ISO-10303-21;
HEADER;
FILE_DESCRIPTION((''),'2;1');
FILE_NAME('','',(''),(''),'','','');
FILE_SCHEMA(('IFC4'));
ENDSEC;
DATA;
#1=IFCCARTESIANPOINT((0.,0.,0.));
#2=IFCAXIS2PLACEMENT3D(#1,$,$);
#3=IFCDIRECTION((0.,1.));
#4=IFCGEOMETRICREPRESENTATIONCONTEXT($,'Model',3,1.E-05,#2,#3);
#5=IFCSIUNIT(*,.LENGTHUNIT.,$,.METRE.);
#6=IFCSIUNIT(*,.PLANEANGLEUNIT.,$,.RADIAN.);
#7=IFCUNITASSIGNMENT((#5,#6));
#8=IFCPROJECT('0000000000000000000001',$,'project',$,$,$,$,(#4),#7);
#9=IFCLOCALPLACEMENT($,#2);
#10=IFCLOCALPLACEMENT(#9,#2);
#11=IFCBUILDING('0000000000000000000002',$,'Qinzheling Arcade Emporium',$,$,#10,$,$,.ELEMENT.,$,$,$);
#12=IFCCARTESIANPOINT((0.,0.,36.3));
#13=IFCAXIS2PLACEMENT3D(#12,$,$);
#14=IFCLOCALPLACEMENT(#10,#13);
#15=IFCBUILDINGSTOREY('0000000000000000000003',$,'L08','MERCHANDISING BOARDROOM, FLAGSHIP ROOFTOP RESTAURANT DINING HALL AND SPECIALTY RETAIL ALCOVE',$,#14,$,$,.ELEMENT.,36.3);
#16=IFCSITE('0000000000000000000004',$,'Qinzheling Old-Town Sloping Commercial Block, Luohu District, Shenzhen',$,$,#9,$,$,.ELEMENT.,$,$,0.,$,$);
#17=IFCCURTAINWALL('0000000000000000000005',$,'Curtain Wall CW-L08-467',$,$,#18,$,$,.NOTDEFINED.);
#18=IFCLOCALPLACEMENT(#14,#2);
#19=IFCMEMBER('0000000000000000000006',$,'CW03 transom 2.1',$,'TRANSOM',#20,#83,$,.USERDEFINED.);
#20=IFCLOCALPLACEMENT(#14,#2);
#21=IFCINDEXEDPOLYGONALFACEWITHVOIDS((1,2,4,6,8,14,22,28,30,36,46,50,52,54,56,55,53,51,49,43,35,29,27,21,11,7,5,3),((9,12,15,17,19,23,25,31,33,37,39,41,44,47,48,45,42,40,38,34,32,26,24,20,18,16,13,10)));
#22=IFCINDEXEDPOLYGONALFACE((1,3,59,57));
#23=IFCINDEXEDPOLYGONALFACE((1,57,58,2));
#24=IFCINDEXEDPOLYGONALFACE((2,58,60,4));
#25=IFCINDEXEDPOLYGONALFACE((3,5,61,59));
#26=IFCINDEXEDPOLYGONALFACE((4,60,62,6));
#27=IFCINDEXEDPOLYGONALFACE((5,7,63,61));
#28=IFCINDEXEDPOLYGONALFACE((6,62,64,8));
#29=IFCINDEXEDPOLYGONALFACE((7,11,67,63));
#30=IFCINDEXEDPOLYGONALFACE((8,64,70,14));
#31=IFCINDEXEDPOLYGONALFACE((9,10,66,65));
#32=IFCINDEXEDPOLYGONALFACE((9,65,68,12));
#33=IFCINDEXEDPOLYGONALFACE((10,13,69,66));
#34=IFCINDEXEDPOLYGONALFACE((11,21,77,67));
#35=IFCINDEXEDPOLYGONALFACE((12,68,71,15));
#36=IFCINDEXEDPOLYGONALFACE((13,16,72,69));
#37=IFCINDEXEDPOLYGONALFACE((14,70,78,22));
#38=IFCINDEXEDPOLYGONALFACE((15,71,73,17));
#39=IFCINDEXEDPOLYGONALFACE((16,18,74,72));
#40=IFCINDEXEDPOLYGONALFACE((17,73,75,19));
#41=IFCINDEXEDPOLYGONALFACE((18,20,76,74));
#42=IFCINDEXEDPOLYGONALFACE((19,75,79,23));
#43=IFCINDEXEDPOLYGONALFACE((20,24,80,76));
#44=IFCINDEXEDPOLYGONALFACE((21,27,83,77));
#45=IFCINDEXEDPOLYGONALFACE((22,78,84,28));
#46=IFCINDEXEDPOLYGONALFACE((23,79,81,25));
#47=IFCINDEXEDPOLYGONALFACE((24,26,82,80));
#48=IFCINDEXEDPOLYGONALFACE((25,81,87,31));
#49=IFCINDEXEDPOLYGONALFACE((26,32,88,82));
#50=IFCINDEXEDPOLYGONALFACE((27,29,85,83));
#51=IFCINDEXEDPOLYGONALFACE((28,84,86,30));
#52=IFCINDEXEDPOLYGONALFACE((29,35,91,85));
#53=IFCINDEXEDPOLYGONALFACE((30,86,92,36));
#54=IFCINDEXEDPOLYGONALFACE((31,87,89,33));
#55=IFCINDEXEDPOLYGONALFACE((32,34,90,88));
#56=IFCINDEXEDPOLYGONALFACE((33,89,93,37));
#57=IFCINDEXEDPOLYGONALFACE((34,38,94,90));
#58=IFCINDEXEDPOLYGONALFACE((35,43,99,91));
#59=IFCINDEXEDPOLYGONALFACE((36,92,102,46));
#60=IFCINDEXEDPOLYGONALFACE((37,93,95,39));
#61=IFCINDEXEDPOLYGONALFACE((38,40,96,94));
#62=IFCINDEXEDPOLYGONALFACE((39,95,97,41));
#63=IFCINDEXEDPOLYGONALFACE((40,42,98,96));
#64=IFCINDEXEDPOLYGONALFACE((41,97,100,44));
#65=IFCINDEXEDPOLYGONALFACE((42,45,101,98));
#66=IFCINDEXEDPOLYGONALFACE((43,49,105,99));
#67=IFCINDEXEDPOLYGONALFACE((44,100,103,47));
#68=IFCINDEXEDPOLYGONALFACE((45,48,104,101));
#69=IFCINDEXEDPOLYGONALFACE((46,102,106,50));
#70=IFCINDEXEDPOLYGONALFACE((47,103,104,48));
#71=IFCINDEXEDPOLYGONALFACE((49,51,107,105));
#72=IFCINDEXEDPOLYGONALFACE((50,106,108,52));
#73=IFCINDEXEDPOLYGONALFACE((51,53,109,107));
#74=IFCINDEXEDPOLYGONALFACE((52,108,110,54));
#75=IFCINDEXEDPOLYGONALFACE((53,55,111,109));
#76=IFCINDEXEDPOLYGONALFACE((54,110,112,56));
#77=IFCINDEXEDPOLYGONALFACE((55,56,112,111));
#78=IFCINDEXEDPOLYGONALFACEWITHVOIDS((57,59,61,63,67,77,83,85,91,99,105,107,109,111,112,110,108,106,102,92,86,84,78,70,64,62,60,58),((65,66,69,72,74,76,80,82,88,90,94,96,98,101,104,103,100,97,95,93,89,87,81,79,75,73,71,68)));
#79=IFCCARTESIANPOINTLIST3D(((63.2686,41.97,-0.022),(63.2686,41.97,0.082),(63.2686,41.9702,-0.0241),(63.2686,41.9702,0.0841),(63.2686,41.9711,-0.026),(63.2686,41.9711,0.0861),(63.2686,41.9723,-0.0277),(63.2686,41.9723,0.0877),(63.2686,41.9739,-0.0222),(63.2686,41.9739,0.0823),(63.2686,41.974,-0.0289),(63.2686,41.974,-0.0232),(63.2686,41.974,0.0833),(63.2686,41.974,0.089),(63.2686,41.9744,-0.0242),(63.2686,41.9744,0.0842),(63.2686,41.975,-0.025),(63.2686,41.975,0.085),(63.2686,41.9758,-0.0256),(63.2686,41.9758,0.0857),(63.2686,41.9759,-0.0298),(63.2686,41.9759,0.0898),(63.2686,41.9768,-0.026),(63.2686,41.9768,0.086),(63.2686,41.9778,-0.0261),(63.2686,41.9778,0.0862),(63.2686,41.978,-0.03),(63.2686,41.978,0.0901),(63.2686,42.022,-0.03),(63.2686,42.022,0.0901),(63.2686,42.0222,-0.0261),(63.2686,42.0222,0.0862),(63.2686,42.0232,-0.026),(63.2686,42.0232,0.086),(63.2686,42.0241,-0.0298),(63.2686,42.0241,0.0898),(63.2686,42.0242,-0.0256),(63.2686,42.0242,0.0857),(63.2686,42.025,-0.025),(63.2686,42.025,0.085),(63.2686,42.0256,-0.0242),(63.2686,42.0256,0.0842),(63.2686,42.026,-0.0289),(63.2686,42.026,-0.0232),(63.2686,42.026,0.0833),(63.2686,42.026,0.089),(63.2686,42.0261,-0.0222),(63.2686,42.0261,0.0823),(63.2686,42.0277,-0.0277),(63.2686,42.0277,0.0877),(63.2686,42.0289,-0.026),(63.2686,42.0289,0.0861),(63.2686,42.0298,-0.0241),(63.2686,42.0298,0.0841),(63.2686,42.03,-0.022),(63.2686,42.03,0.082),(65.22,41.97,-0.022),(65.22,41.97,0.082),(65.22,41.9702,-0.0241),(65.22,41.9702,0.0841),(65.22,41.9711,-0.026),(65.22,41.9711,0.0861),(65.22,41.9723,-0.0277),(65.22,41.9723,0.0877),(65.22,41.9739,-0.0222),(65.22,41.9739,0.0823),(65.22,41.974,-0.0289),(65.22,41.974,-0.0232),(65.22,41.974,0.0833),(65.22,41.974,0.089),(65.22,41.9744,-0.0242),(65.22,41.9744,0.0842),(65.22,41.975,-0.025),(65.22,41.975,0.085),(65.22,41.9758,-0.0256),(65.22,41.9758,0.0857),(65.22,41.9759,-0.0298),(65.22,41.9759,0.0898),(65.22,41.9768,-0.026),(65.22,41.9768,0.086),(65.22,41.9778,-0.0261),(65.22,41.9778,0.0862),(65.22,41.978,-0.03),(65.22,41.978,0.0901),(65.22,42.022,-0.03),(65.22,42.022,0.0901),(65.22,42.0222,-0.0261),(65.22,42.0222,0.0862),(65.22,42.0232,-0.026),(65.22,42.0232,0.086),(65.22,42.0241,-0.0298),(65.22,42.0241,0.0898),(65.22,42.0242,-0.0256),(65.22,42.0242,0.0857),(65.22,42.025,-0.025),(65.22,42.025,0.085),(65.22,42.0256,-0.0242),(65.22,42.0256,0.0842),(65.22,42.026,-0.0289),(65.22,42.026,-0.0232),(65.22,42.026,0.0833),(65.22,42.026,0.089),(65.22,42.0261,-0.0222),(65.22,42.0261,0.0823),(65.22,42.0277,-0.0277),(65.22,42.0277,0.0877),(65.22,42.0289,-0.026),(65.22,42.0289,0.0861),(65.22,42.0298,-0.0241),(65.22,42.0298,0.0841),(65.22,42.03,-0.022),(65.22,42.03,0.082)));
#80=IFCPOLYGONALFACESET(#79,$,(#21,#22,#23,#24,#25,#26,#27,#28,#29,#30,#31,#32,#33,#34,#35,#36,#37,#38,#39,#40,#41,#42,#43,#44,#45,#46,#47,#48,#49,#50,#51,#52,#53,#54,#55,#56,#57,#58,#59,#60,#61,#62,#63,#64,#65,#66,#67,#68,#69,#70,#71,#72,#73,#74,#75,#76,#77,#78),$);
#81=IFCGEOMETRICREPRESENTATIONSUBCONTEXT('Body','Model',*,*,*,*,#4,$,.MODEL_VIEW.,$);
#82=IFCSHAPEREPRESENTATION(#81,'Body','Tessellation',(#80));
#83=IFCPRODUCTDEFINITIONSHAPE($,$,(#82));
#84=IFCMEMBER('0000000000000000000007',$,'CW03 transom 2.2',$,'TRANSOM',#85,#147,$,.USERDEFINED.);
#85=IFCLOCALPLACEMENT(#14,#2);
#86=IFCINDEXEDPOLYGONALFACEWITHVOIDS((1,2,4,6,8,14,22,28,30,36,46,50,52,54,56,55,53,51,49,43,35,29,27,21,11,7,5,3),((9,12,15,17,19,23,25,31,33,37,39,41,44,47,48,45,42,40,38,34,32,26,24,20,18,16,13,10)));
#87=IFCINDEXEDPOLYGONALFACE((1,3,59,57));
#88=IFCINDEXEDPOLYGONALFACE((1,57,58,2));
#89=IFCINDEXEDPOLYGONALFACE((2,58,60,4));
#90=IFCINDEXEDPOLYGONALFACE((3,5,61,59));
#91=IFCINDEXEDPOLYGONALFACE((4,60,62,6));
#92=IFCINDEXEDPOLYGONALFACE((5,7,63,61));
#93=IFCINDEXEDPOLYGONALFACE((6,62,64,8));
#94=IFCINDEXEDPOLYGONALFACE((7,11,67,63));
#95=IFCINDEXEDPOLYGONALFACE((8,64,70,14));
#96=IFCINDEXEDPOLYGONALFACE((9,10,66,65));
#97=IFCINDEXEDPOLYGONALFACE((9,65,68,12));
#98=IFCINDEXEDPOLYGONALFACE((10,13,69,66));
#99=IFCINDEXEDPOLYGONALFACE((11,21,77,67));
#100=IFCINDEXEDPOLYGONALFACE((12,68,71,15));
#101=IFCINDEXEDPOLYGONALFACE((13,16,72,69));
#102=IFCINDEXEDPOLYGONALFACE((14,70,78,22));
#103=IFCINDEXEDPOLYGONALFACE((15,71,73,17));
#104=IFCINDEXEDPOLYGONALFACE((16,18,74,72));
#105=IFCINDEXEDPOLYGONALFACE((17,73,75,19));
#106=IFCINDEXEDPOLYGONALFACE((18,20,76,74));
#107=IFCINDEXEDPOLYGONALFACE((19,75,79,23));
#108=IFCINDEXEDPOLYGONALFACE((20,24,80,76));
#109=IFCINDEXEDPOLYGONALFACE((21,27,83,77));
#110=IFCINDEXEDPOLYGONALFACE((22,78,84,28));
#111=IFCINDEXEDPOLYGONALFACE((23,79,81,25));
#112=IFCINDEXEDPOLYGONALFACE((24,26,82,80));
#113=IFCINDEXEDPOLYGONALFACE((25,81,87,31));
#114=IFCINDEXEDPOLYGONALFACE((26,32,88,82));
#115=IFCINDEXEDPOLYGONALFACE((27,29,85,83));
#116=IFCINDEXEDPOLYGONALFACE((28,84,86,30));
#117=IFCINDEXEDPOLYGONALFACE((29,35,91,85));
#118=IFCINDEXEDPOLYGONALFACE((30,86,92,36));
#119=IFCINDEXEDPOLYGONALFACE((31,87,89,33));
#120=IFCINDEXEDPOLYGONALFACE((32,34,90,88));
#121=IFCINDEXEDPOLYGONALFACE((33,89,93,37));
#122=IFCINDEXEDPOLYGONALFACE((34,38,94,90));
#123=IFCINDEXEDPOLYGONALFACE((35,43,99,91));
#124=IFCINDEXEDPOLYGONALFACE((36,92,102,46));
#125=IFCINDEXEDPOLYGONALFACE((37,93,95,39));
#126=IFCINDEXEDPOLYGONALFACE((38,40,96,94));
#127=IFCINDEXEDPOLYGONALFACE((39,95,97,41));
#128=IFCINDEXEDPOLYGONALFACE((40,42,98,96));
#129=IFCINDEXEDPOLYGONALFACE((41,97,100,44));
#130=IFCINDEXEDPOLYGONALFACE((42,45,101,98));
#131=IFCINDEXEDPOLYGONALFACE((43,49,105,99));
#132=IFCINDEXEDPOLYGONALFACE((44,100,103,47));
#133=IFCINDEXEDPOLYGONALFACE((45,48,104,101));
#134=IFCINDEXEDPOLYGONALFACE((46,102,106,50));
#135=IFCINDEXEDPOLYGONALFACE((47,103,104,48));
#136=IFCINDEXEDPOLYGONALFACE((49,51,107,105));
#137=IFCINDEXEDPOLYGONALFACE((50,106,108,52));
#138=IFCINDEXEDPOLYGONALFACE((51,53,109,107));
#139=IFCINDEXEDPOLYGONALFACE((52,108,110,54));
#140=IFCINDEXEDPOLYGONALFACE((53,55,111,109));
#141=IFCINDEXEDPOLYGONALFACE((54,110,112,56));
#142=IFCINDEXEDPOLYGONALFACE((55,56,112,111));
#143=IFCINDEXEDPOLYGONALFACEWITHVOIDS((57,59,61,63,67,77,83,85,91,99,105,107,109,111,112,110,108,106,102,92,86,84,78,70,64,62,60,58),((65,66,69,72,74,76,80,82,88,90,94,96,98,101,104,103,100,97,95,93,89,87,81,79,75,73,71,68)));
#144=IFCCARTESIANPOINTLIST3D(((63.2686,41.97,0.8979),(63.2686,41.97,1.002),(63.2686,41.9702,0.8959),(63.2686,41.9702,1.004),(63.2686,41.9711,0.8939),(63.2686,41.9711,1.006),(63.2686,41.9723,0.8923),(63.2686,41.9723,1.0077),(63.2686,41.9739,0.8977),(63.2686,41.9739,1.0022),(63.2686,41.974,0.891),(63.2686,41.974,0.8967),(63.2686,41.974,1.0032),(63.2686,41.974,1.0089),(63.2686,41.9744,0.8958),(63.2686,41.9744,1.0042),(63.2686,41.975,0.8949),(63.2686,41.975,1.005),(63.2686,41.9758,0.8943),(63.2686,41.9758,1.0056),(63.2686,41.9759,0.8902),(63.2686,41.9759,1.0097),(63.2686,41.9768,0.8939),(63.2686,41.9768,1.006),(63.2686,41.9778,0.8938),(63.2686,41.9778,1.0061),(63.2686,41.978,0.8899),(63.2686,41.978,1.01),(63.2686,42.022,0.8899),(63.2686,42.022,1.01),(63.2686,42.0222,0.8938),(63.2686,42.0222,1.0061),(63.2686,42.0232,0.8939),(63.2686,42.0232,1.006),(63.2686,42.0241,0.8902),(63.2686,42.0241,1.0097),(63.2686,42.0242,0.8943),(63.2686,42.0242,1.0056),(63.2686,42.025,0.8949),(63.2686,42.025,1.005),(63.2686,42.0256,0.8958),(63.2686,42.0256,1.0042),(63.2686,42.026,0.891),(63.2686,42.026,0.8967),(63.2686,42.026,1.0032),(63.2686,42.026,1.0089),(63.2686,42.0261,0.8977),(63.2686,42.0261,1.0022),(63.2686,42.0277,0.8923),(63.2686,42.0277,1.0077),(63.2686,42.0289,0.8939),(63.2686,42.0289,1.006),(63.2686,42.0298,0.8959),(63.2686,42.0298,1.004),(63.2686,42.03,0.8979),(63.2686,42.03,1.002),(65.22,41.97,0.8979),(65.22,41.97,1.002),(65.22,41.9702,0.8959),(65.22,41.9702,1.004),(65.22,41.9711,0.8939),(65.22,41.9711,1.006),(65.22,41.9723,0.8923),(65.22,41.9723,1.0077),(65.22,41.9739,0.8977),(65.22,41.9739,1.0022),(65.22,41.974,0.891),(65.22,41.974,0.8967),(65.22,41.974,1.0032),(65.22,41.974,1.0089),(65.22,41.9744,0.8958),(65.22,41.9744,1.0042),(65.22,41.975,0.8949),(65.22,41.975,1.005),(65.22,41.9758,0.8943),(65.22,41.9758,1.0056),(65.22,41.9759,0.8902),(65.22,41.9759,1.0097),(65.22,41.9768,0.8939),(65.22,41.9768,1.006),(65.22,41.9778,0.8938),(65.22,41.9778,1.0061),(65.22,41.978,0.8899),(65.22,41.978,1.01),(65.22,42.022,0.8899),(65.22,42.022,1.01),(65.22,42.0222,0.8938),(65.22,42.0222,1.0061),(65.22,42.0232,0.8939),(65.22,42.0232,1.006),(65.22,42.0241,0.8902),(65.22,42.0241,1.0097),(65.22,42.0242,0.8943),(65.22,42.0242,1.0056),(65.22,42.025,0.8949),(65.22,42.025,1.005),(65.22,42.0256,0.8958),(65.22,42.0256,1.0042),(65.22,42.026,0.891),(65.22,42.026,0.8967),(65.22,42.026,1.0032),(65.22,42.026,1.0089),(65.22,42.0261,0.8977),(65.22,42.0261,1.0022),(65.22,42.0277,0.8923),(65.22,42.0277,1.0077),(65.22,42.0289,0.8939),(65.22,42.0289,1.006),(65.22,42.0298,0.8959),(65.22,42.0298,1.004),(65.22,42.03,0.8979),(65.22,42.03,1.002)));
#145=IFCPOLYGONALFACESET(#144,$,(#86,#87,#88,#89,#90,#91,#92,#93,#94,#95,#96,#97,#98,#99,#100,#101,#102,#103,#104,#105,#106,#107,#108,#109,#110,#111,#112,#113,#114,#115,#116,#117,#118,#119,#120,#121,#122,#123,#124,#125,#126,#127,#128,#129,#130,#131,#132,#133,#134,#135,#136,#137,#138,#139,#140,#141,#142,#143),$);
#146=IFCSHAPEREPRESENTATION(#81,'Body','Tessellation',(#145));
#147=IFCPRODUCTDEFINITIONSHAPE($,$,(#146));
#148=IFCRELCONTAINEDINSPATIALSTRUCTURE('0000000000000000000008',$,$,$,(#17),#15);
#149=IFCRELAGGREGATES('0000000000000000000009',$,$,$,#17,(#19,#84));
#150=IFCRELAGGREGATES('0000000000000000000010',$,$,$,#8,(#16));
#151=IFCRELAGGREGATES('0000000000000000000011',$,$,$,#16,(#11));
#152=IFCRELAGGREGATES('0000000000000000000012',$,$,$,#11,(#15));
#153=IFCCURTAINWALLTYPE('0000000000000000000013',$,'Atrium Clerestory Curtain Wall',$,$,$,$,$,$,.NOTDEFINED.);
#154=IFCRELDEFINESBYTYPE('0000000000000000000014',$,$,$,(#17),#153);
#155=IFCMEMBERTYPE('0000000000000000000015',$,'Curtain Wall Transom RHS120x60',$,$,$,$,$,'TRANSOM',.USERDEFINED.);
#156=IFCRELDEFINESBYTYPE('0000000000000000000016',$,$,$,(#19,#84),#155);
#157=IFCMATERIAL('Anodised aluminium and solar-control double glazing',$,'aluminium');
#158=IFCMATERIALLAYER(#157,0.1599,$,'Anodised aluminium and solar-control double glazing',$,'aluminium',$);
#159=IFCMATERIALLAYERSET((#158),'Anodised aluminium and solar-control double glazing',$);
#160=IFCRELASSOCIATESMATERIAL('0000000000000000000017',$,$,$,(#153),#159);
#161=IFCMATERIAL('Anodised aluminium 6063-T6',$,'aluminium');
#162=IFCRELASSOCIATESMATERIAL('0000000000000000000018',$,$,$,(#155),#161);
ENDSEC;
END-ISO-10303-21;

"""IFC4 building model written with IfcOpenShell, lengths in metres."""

from ifc_helpers import new_model, si_unit, direction, frame, origin, origin_2d, place, context, subcontext, project, spatial, hollow_rectangle, extrude, material, layer, layer_set, material_profile, profile_set, type_object, element, aggregate, save


model = new_model("IFC4")

# Units and contexts
model_context = context("Model", 3, precision=1e-05, world=origin(), true_north=direction((0.0, 1.0)))
body_context = subcontext(model_context, "Body", "Model", "MODEL_VIEW")
ifc_project = project(units=[si_unit("LENGTHUNIT", "METRE"), si_unit("PLANEANGLEUNIT", "RADIAN")], contexts=[model_context])

# Site, building, storey
site_placement = place(None, origin())
site = spatial("IfcSite", under=ifc_project, at=site_placement, Name="Qinzheling Old-Town Sloping Commercial Block, Luohu District, Shenzhen", CompositionType="ELEMENT", RefElevation=0.0)
building_placement = place(site_placement, origin())
building = spatial("IfcBuilding", under=site, at=building_placement, Name="Qinzheling Arcade Emporium", CompositionType="ELEMENT")
storey_placement = place(building_placement, frame((0.0, 0.0, 36.3)))
storey = spatial("IfcBuildingStorey", under=building, at=storey_placement, Name="L08", Description="MERCHANDISING BOARDROOM, FLAGSHIP ROOFTOP RESTAURANT DINING HALL AND SPECIALTY RETAIL ALCOVE", CompositionType="ELEMENT", Elevation=36.3)

# Curtain wall, members
ifc_material_1 = material(Name="Anodised aluminium and solar-control double glazing", Category="aluminium")
ifc_layer_1 = layer(ifc_material_1, 0.1599, Name="Anodised aluminium and solar-control double glazing", Category="aluminium")
ifc_layer_set_1 = layer_set([ifc_layer_1], Name="Anodised aluminium and solar-control double glazing")
curtain_wall_type = type_object("IfcCurtainWallType", Name="Atrium Clerestory Curtain Wall", PredefinedType="NOTDEFINED", material=ifc_layer_set_1)
curtain_wall_placement = place(storey_placement, origin())
curtain_wall = element("IfcCurtainWall", 1, at=curtain_wall_placement, inside=storey, type_object=curtain_wall_type, Name="Curtain Wall CW-L08-467", PredefinedType="NOTDEFINED")
ifc_material_2 = material(Name="Anodised aluminium 6063-T6", Category="aluminium")
ifc_material_profile_1 = material_profile(ifc_material_2, hollow_rectangle(XDim=0.0601, YDim=0.1201, WallThickness=0.0039, InnerFilletRadius=0.0039, OuterFilletRadius=0.0081, at=origin_2d()), Name="RHS 120x60x4", Category="aluminium")
ifc_profile_set_1 = profile_set([ifc_material_profile_1], Name="Anodised aluminium 6063-T6")
member_type_1 = type_object("IfcMemberType", Name="Curtain Wall Transom RHS120x60", ElementType="TRANSOM", PredefinedType="USERDEFINED", material=ifc_profile_set_1)
member_1_placement = place(storey_placement, frame((63.2686, 42.0, 0.03), z_axis=(1.0, 0.0, 0.0), x_axis=(0.0, 1.0, 0.0)))
member_1 = element("IfcMember", 2, at=member_1_placement, type_object=member_type_1, Name="CW03 transom 2.1", ObjectType="TRANSOM", PredefinedType="USERDEFINED", context=body_context, shape_type="SweptSolid", body=[
    extrude(hollow_rectangle(XDim=0.0601, YDim=0.1201, WallThickness=0.0039, InnerFilletRadius=0.0039, OuterFilletRadius=0.0081, at=origin_2d()), origin(), (0.0, 0.0, 1.0), 1.9514),
])
member_2_placement = place(storey_placement, frame((63.2686, 42.0, 0.95), z_axis=(1.0, 0.0, 0.0), x_axis=(0.0, 1.0, 0.0)))
member_2 = element("IfcMember", 3, at=member_2_placement, type_object=member_type_1, Name="CW03 transom 2.2", ObjectType="TRANSOM", PredefinedType="USERDEFINED", context=body_context, shape_type="SweptSolid", body=[
    extrude(hollow_rectangle(XDim=0.0601, YDim=0.1201, WallThickness=0.0039, InnerFilletRadius=0.0039, OuterFilletRadius=0.0081, at=origin_2d()), origin(), (0.0, 0.0, 1.0), 1.9514),
])
aggregate(curtain_wall, [member_1, member_2])

save(model, "model.ifc")
